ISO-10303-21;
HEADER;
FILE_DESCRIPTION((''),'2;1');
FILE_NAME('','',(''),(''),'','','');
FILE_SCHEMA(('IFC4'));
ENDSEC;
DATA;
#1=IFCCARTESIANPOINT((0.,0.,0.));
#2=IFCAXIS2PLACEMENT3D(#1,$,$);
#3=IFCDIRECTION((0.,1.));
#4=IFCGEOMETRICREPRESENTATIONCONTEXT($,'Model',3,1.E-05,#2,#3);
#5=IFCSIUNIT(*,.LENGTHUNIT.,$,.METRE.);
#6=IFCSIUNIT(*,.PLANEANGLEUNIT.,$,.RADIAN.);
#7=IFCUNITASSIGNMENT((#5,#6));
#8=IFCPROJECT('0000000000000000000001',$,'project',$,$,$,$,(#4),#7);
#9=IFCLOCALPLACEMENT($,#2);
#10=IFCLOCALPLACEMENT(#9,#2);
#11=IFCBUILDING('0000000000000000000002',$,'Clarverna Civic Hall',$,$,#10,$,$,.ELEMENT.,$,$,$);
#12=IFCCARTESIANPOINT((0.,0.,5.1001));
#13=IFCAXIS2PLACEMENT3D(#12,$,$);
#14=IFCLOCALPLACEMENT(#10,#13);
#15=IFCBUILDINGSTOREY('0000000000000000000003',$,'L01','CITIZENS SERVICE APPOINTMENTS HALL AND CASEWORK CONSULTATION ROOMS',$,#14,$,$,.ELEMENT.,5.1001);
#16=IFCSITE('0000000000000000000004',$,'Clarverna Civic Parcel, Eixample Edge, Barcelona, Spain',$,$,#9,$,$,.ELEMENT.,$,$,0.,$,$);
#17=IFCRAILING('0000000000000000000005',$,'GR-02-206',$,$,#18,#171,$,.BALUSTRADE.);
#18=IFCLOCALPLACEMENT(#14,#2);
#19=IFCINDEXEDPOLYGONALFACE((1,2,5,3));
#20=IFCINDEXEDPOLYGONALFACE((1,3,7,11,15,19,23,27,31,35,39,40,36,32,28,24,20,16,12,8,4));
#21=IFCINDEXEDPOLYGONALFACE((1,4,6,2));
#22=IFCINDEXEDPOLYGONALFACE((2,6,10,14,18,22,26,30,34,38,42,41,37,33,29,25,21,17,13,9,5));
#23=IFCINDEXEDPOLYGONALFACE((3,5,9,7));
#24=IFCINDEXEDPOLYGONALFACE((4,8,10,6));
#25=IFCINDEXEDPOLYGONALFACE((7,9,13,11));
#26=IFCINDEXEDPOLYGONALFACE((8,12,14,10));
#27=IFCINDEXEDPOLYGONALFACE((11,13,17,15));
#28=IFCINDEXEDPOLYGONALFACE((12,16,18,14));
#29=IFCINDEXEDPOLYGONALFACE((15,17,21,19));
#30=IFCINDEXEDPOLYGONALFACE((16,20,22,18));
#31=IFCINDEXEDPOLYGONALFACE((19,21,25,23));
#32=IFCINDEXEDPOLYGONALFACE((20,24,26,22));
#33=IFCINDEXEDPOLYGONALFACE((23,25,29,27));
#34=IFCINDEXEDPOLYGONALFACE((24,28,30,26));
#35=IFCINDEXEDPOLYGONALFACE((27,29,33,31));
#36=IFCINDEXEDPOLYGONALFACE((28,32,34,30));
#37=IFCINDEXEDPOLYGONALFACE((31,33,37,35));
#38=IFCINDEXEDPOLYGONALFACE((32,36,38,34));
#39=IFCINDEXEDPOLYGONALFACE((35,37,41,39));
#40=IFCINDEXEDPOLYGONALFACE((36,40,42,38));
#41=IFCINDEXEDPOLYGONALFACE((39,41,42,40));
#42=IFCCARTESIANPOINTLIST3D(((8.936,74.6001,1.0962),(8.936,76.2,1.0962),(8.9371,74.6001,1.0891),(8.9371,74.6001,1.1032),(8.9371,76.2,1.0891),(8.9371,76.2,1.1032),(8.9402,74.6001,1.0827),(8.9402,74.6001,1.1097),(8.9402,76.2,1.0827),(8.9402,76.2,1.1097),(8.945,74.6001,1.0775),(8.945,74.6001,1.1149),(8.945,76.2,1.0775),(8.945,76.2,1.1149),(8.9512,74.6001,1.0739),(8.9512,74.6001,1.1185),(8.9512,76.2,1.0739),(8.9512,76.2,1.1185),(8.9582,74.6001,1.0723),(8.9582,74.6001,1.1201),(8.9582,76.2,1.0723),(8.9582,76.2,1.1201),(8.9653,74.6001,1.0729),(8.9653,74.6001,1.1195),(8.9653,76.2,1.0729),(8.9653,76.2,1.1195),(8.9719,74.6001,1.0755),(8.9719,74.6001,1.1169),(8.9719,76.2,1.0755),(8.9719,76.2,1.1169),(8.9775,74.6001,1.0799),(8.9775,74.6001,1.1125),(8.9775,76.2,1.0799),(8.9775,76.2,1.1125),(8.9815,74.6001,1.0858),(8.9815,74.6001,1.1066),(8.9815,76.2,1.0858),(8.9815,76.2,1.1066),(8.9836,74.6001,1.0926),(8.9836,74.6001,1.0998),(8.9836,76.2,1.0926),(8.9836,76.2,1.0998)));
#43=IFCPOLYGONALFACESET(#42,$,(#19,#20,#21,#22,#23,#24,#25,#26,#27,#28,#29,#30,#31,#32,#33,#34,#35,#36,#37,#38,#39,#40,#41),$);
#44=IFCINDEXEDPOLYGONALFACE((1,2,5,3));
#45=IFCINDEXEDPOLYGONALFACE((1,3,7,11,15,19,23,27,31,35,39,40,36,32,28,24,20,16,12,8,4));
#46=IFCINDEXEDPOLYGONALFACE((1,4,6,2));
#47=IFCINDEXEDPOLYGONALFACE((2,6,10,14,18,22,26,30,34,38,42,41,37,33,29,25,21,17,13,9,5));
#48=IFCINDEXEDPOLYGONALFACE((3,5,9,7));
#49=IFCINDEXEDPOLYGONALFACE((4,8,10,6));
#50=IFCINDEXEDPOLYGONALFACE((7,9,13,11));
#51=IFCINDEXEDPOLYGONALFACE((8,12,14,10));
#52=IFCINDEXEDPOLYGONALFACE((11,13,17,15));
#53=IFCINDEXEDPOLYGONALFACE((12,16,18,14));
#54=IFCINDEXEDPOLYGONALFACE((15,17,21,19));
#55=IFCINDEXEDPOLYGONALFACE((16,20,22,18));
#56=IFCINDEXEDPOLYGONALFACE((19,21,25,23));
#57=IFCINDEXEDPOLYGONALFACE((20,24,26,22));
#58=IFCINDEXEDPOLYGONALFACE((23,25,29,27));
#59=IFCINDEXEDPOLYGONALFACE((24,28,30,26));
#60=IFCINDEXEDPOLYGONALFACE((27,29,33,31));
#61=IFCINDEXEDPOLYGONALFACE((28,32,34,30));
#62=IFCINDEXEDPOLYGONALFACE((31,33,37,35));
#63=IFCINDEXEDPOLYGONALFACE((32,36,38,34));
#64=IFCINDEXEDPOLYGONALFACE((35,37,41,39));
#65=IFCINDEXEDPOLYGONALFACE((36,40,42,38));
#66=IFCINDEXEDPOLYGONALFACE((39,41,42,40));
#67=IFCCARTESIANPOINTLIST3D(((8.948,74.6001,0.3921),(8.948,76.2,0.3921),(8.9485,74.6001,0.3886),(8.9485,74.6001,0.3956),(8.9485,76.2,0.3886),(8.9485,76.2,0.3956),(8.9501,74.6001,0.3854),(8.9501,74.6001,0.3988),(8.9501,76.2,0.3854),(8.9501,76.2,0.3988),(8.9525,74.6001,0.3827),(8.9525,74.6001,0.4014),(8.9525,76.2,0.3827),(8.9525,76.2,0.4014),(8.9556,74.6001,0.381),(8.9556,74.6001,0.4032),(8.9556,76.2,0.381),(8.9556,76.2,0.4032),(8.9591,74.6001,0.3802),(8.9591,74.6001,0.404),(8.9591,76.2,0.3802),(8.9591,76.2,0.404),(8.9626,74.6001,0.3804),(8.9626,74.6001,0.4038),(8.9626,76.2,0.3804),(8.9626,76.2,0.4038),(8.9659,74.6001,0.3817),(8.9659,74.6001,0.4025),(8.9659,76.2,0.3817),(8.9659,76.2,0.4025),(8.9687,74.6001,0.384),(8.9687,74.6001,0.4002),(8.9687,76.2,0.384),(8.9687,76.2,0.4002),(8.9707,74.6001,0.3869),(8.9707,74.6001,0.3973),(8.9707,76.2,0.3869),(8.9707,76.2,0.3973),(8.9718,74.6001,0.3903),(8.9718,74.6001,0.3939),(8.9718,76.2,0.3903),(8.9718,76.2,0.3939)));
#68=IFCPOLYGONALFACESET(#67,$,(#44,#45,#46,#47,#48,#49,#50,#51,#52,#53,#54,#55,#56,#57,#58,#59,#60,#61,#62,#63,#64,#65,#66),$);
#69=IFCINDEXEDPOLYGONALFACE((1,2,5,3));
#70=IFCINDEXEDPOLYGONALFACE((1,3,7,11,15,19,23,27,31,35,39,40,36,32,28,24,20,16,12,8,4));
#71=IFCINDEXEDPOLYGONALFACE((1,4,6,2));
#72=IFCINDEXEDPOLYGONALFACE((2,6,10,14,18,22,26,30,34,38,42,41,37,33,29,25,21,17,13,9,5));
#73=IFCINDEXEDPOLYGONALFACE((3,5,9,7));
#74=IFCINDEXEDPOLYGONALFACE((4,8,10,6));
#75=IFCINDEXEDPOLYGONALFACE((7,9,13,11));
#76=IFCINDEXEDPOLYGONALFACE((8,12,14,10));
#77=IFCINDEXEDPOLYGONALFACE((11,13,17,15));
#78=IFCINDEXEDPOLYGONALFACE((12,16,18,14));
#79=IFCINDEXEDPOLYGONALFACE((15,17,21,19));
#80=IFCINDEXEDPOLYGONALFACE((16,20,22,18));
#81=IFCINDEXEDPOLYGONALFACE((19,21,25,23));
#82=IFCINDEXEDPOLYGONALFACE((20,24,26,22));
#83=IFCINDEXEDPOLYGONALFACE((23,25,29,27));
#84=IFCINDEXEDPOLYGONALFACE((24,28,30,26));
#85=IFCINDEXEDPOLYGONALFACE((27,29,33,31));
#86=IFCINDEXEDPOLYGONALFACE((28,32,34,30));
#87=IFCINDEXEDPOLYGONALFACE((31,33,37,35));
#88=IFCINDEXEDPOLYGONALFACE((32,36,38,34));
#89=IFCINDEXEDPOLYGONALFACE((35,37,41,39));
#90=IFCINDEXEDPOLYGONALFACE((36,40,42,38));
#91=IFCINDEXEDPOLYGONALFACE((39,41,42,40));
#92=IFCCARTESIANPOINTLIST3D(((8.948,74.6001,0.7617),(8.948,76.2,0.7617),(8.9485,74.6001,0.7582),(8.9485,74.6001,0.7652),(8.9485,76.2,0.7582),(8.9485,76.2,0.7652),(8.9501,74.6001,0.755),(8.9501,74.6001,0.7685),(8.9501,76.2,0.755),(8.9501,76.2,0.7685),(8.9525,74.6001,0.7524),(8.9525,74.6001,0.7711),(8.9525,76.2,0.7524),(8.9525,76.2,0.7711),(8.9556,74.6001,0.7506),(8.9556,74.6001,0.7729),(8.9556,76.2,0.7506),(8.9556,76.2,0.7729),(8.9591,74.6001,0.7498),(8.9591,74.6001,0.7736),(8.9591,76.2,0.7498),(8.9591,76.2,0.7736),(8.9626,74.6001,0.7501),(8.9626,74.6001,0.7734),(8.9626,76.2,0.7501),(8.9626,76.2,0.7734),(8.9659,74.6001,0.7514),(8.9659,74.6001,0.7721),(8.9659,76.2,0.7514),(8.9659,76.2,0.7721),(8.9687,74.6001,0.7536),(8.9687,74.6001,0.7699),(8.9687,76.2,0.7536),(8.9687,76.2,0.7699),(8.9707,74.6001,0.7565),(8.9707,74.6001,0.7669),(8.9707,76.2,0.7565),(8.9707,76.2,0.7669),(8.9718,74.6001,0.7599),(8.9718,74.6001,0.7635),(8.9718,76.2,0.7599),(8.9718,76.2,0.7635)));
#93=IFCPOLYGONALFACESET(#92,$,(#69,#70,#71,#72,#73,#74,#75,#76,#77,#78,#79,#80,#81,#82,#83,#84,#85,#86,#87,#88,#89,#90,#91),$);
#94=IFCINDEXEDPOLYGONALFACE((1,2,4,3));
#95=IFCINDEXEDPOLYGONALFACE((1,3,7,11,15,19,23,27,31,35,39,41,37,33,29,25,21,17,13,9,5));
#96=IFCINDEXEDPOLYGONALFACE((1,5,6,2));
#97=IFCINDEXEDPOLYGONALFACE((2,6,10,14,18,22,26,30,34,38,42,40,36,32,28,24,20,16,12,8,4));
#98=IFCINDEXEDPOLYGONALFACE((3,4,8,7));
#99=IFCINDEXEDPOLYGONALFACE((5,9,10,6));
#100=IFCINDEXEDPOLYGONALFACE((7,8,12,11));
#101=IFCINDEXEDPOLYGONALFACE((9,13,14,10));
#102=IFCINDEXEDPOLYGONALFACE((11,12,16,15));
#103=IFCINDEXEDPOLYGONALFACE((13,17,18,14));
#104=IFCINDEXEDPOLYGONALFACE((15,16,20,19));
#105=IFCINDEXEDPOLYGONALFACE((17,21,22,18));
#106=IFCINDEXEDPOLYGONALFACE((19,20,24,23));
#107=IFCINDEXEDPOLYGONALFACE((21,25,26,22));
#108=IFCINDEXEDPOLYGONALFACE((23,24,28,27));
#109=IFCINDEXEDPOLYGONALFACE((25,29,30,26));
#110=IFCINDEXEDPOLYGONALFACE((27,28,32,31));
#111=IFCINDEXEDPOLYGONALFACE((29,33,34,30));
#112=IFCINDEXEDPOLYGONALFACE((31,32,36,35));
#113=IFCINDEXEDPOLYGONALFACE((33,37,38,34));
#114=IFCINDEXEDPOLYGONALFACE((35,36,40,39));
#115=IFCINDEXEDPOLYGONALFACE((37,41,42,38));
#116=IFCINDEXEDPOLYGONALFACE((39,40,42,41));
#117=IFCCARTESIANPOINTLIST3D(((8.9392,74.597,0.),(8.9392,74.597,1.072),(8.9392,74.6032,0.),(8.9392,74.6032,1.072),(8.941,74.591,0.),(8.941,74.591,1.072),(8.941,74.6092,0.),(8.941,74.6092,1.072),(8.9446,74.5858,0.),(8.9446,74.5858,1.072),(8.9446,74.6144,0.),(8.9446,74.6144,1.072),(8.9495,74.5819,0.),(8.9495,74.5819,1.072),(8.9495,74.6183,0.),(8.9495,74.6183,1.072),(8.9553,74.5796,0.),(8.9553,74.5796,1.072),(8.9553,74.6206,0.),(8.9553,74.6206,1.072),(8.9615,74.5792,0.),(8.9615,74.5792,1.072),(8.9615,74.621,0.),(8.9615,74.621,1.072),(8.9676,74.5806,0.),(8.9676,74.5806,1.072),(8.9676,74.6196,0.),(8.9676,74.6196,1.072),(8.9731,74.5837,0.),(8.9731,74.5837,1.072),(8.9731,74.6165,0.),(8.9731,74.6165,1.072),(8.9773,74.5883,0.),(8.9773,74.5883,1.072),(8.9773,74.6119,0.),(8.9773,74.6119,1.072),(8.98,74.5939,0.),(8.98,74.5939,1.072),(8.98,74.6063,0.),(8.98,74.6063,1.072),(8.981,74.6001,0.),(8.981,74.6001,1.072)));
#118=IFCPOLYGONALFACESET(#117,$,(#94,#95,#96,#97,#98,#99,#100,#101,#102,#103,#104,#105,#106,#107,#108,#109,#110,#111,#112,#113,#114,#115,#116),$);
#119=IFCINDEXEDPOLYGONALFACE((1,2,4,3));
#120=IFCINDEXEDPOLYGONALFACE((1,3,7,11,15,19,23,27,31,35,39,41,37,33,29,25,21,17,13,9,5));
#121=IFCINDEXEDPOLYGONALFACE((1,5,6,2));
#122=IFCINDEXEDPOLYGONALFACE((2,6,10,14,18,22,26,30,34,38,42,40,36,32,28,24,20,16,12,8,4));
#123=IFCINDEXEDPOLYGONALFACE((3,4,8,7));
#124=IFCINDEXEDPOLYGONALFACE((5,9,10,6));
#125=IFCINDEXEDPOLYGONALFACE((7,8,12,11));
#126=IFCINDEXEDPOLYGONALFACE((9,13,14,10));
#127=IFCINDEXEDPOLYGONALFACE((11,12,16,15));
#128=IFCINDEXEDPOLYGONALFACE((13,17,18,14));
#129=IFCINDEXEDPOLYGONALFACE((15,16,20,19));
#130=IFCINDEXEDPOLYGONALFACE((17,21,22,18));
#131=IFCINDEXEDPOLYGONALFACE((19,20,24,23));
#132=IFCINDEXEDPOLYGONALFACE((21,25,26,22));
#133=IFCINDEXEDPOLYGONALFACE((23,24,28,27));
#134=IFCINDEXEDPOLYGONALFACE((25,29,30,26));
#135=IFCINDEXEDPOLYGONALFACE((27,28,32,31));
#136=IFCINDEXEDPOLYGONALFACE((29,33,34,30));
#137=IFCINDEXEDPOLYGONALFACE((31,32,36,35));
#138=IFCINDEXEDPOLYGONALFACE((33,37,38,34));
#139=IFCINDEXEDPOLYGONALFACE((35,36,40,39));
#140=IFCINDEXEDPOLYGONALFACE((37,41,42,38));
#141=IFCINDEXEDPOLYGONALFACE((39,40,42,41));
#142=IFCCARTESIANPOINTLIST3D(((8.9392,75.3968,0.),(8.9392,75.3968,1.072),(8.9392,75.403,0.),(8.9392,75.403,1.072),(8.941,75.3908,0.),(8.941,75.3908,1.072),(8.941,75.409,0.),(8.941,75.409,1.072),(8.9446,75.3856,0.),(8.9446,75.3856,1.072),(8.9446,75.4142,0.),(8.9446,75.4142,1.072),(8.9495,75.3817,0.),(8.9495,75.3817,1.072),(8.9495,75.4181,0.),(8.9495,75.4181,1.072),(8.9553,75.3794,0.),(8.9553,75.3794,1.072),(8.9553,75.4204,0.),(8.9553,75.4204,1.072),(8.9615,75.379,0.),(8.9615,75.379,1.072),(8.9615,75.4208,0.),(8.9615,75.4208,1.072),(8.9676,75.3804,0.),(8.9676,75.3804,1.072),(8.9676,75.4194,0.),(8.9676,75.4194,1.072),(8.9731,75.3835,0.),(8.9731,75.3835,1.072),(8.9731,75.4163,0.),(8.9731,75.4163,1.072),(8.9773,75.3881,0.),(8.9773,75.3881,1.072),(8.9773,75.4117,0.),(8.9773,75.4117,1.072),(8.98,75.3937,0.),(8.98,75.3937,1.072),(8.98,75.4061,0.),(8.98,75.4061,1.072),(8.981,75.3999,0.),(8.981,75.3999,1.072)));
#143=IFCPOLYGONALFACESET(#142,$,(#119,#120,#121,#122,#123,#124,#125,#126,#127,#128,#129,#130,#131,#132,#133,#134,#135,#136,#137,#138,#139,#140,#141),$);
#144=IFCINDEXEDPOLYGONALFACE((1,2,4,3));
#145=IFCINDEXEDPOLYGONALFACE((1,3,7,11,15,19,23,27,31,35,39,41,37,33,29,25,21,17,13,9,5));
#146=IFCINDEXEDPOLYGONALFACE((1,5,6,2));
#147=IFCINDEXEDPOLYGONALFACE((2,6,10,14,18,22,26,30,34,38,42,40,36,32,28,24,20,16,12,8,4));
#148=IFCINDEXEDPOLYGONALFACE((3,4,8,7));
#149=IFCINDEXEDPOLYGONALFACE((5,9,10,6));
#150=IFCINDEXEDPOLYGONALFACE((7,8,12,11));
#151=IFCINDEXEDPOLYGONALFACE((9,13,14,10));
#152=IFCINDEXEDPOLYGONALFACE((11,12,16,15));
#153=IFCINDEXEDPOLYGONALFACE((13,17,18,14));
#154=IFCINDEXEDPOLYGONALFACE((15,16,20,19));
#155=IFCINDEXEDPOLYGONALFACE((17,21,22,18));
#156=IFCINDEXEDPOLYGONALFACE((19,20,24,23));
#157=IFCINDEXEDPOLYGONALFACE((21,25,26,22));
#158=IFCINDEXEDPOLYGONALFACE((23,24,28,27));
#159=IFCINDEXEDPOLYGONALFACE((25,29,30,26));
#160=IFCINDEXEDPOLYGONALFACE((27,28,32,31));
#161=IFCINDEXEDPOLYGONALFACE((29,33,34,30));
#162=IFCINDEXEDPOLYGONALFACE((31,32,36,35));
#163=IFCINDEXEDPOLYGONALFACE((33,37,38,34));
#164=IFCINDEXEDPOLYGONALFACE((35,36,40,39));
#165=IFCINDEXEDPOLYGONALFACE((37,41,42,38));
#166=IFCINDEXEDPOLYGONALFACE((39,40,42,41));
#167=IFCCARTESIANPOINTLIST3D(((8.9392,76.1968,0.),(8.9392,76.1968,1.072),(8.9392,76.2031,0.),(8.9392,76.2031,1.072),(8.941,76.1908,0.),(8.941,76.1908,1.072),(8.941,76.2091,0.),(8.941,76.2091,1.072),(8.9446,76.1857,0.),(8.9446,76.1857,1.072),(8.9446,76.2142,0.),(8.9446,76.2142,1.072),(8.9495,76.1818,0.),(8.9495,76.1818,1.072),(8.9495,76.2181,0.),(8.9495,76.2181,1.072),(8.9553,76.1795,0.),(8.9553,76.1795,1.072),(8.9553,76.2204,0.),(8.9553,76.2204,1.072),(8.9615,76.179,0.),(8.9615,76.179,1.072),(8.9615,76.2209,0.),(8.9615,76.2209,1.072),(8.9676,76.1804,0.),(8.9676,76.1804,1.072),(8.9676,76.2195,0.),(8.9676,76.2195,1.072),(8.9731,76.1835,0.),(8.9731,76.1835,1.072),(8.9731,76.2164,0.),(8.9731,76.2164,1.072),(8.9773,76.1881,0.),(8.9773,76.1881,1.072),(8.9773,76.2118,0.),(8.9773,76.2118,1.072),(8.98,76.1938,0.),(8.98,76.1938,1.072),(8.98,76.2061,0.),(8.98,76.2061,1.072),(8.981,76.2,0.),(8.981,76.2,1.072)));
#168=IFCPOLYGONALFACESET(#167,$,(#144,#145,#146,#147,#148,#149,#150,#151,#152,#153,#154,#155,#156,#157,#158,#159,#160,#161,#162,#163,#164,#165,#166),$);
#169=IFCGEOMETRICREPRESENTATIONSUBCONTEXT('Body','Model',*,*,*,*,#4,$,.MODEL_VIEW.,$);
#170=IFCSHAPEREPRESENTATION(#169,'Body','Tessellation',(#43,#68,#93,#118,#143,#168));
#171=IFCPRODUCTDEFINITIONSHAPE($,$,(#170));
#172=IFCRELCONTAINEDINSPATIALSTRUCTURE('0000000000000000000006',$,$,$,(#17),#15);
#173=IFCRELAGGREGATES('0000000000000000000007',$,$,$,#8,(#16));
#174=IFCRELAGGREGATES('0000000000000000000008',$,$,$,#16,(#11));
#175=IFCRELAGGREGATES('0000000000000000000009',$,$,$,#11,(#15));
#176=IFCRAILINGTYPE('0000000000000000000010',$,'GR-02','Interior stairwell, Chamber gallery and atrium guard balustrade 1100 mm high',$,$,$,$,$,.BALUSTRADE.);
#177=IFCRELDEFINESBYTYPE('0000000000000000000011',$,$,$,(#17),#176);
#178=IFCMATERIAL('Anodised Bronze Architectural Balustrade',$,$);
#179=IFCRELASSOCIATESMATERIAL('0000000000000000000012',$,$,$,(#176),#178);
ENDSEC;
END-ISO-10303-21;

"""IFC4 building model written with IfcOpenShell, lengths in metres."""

from ifc_helpers import new_model, si_unit, direction, frame, origin, origin_2d, place, context, subcontext, project, spatial, circle, extrude, material, type_object, element, save


model = new_model("IFC4")

# Units and contexts
model_context = context("Model", 3, precision=1e-05, world=origin(), true_north=direction((0.0, 1.0)))
body_context = subcontext(model_context, "Body", "Model", "MODEL_VIEW")
ifc_project = project(units=[si_unit("LENGTHUNIT", "METRE"), si_unit("PLANEANGLEUNIT", "RADIAN")], contexts=[model_context])

# Site, building, storey
site_placement = place(None, origin())
site = spatial("IfcSite", under=ifc_project, at=site_placement, Name="Clarverna Civic Parcel, Eixample Edge, Barcelona, Spain", CompositionType="ELEMENT", RefElevation=0.0)
building_placement = place(site_placement, origin())
building = spatial("IfcBuilding", under=site, at=building_placement, Name="Clarverna Civic Hall", CompositionType="ELEMENT")
storey_placement = place(building_placement, frame((0.0, 0.0, 5.1001)))
storey = spatial("IfcBuildingStorey", under=building, at=storey_placement, Name="L01", Description="CITIZENS SERVICE APPOINTMENTS HALL AND CASEWORK CONSULTATION ROOMS", CompositionType="ELEMENT", Elevation=5.1001)

# Railing
ifc_material_1 = material(Name="Anodised Bronze Architectural Balustrade")
railing_type_1 = type_object("IfcRailingType", Name="GR-02", Description="Interior stairwell, Chamber gallery and atrium guard balustrade 1100 mm high", PredefinedType="BALUSTRADE", material=ifc_material_1)
railing_1_placement = place(storey_placement, frame((8.96, 74.6001, 0.0)))
element("IfcRailing", 1, at=railing_1_placement, inside=storey, type_object=railing_type_1, Name="GR-02-206", PredefinedType="BALUSTRADE", context=body_context, shape_type="SweptSolid", body=[
    extrude(circle(Radius=0.0239, at=origin_2d()), frame((0.0, 0.0, 1.0962), z_axis=(0.0, 1.0, 0.0), x_axis=(-1.0, 0.0, 0.0)), (0.0, 0.0, 1.0), 1.5999),
    extrude(circle(Radius=0.012, at=origin_2d()), frame((0.0, 0.0, 0.3921), z_axis=(0.0, 1.0, 0.0), x_axis=(-1.0, 0.0, 0.0)), (0.0, 0.0, 1.0), 1.5999),
    extrude(circle(Radius=0.012, at=origin_2d()), frame((0.0, 0.0, 0.7617), z_axis=(0.0, 1.0, 0.0), x_axis=(-1.0, 0.0, 0.0)), (0.0, 0.0, 1.0), 1.5999),
    extrude(circle(Radius=0.021, at=origin_2d()), origin(), (0.0, 0.0, 1.0), 1.072),
    extrude(circle(Radius=0.021, at=origin_2d()), frame((0.0, 0.7998, 0.0)), (0.0, 0.0, 1.0), 1.072),
    extrude(circle(Radius=0.021, at=origin_2d()), frame((0.0, 1.5999, 0.0)), (0.0, 0.0, 1.0), 1.072),
])

save(model, "model.ifc")
